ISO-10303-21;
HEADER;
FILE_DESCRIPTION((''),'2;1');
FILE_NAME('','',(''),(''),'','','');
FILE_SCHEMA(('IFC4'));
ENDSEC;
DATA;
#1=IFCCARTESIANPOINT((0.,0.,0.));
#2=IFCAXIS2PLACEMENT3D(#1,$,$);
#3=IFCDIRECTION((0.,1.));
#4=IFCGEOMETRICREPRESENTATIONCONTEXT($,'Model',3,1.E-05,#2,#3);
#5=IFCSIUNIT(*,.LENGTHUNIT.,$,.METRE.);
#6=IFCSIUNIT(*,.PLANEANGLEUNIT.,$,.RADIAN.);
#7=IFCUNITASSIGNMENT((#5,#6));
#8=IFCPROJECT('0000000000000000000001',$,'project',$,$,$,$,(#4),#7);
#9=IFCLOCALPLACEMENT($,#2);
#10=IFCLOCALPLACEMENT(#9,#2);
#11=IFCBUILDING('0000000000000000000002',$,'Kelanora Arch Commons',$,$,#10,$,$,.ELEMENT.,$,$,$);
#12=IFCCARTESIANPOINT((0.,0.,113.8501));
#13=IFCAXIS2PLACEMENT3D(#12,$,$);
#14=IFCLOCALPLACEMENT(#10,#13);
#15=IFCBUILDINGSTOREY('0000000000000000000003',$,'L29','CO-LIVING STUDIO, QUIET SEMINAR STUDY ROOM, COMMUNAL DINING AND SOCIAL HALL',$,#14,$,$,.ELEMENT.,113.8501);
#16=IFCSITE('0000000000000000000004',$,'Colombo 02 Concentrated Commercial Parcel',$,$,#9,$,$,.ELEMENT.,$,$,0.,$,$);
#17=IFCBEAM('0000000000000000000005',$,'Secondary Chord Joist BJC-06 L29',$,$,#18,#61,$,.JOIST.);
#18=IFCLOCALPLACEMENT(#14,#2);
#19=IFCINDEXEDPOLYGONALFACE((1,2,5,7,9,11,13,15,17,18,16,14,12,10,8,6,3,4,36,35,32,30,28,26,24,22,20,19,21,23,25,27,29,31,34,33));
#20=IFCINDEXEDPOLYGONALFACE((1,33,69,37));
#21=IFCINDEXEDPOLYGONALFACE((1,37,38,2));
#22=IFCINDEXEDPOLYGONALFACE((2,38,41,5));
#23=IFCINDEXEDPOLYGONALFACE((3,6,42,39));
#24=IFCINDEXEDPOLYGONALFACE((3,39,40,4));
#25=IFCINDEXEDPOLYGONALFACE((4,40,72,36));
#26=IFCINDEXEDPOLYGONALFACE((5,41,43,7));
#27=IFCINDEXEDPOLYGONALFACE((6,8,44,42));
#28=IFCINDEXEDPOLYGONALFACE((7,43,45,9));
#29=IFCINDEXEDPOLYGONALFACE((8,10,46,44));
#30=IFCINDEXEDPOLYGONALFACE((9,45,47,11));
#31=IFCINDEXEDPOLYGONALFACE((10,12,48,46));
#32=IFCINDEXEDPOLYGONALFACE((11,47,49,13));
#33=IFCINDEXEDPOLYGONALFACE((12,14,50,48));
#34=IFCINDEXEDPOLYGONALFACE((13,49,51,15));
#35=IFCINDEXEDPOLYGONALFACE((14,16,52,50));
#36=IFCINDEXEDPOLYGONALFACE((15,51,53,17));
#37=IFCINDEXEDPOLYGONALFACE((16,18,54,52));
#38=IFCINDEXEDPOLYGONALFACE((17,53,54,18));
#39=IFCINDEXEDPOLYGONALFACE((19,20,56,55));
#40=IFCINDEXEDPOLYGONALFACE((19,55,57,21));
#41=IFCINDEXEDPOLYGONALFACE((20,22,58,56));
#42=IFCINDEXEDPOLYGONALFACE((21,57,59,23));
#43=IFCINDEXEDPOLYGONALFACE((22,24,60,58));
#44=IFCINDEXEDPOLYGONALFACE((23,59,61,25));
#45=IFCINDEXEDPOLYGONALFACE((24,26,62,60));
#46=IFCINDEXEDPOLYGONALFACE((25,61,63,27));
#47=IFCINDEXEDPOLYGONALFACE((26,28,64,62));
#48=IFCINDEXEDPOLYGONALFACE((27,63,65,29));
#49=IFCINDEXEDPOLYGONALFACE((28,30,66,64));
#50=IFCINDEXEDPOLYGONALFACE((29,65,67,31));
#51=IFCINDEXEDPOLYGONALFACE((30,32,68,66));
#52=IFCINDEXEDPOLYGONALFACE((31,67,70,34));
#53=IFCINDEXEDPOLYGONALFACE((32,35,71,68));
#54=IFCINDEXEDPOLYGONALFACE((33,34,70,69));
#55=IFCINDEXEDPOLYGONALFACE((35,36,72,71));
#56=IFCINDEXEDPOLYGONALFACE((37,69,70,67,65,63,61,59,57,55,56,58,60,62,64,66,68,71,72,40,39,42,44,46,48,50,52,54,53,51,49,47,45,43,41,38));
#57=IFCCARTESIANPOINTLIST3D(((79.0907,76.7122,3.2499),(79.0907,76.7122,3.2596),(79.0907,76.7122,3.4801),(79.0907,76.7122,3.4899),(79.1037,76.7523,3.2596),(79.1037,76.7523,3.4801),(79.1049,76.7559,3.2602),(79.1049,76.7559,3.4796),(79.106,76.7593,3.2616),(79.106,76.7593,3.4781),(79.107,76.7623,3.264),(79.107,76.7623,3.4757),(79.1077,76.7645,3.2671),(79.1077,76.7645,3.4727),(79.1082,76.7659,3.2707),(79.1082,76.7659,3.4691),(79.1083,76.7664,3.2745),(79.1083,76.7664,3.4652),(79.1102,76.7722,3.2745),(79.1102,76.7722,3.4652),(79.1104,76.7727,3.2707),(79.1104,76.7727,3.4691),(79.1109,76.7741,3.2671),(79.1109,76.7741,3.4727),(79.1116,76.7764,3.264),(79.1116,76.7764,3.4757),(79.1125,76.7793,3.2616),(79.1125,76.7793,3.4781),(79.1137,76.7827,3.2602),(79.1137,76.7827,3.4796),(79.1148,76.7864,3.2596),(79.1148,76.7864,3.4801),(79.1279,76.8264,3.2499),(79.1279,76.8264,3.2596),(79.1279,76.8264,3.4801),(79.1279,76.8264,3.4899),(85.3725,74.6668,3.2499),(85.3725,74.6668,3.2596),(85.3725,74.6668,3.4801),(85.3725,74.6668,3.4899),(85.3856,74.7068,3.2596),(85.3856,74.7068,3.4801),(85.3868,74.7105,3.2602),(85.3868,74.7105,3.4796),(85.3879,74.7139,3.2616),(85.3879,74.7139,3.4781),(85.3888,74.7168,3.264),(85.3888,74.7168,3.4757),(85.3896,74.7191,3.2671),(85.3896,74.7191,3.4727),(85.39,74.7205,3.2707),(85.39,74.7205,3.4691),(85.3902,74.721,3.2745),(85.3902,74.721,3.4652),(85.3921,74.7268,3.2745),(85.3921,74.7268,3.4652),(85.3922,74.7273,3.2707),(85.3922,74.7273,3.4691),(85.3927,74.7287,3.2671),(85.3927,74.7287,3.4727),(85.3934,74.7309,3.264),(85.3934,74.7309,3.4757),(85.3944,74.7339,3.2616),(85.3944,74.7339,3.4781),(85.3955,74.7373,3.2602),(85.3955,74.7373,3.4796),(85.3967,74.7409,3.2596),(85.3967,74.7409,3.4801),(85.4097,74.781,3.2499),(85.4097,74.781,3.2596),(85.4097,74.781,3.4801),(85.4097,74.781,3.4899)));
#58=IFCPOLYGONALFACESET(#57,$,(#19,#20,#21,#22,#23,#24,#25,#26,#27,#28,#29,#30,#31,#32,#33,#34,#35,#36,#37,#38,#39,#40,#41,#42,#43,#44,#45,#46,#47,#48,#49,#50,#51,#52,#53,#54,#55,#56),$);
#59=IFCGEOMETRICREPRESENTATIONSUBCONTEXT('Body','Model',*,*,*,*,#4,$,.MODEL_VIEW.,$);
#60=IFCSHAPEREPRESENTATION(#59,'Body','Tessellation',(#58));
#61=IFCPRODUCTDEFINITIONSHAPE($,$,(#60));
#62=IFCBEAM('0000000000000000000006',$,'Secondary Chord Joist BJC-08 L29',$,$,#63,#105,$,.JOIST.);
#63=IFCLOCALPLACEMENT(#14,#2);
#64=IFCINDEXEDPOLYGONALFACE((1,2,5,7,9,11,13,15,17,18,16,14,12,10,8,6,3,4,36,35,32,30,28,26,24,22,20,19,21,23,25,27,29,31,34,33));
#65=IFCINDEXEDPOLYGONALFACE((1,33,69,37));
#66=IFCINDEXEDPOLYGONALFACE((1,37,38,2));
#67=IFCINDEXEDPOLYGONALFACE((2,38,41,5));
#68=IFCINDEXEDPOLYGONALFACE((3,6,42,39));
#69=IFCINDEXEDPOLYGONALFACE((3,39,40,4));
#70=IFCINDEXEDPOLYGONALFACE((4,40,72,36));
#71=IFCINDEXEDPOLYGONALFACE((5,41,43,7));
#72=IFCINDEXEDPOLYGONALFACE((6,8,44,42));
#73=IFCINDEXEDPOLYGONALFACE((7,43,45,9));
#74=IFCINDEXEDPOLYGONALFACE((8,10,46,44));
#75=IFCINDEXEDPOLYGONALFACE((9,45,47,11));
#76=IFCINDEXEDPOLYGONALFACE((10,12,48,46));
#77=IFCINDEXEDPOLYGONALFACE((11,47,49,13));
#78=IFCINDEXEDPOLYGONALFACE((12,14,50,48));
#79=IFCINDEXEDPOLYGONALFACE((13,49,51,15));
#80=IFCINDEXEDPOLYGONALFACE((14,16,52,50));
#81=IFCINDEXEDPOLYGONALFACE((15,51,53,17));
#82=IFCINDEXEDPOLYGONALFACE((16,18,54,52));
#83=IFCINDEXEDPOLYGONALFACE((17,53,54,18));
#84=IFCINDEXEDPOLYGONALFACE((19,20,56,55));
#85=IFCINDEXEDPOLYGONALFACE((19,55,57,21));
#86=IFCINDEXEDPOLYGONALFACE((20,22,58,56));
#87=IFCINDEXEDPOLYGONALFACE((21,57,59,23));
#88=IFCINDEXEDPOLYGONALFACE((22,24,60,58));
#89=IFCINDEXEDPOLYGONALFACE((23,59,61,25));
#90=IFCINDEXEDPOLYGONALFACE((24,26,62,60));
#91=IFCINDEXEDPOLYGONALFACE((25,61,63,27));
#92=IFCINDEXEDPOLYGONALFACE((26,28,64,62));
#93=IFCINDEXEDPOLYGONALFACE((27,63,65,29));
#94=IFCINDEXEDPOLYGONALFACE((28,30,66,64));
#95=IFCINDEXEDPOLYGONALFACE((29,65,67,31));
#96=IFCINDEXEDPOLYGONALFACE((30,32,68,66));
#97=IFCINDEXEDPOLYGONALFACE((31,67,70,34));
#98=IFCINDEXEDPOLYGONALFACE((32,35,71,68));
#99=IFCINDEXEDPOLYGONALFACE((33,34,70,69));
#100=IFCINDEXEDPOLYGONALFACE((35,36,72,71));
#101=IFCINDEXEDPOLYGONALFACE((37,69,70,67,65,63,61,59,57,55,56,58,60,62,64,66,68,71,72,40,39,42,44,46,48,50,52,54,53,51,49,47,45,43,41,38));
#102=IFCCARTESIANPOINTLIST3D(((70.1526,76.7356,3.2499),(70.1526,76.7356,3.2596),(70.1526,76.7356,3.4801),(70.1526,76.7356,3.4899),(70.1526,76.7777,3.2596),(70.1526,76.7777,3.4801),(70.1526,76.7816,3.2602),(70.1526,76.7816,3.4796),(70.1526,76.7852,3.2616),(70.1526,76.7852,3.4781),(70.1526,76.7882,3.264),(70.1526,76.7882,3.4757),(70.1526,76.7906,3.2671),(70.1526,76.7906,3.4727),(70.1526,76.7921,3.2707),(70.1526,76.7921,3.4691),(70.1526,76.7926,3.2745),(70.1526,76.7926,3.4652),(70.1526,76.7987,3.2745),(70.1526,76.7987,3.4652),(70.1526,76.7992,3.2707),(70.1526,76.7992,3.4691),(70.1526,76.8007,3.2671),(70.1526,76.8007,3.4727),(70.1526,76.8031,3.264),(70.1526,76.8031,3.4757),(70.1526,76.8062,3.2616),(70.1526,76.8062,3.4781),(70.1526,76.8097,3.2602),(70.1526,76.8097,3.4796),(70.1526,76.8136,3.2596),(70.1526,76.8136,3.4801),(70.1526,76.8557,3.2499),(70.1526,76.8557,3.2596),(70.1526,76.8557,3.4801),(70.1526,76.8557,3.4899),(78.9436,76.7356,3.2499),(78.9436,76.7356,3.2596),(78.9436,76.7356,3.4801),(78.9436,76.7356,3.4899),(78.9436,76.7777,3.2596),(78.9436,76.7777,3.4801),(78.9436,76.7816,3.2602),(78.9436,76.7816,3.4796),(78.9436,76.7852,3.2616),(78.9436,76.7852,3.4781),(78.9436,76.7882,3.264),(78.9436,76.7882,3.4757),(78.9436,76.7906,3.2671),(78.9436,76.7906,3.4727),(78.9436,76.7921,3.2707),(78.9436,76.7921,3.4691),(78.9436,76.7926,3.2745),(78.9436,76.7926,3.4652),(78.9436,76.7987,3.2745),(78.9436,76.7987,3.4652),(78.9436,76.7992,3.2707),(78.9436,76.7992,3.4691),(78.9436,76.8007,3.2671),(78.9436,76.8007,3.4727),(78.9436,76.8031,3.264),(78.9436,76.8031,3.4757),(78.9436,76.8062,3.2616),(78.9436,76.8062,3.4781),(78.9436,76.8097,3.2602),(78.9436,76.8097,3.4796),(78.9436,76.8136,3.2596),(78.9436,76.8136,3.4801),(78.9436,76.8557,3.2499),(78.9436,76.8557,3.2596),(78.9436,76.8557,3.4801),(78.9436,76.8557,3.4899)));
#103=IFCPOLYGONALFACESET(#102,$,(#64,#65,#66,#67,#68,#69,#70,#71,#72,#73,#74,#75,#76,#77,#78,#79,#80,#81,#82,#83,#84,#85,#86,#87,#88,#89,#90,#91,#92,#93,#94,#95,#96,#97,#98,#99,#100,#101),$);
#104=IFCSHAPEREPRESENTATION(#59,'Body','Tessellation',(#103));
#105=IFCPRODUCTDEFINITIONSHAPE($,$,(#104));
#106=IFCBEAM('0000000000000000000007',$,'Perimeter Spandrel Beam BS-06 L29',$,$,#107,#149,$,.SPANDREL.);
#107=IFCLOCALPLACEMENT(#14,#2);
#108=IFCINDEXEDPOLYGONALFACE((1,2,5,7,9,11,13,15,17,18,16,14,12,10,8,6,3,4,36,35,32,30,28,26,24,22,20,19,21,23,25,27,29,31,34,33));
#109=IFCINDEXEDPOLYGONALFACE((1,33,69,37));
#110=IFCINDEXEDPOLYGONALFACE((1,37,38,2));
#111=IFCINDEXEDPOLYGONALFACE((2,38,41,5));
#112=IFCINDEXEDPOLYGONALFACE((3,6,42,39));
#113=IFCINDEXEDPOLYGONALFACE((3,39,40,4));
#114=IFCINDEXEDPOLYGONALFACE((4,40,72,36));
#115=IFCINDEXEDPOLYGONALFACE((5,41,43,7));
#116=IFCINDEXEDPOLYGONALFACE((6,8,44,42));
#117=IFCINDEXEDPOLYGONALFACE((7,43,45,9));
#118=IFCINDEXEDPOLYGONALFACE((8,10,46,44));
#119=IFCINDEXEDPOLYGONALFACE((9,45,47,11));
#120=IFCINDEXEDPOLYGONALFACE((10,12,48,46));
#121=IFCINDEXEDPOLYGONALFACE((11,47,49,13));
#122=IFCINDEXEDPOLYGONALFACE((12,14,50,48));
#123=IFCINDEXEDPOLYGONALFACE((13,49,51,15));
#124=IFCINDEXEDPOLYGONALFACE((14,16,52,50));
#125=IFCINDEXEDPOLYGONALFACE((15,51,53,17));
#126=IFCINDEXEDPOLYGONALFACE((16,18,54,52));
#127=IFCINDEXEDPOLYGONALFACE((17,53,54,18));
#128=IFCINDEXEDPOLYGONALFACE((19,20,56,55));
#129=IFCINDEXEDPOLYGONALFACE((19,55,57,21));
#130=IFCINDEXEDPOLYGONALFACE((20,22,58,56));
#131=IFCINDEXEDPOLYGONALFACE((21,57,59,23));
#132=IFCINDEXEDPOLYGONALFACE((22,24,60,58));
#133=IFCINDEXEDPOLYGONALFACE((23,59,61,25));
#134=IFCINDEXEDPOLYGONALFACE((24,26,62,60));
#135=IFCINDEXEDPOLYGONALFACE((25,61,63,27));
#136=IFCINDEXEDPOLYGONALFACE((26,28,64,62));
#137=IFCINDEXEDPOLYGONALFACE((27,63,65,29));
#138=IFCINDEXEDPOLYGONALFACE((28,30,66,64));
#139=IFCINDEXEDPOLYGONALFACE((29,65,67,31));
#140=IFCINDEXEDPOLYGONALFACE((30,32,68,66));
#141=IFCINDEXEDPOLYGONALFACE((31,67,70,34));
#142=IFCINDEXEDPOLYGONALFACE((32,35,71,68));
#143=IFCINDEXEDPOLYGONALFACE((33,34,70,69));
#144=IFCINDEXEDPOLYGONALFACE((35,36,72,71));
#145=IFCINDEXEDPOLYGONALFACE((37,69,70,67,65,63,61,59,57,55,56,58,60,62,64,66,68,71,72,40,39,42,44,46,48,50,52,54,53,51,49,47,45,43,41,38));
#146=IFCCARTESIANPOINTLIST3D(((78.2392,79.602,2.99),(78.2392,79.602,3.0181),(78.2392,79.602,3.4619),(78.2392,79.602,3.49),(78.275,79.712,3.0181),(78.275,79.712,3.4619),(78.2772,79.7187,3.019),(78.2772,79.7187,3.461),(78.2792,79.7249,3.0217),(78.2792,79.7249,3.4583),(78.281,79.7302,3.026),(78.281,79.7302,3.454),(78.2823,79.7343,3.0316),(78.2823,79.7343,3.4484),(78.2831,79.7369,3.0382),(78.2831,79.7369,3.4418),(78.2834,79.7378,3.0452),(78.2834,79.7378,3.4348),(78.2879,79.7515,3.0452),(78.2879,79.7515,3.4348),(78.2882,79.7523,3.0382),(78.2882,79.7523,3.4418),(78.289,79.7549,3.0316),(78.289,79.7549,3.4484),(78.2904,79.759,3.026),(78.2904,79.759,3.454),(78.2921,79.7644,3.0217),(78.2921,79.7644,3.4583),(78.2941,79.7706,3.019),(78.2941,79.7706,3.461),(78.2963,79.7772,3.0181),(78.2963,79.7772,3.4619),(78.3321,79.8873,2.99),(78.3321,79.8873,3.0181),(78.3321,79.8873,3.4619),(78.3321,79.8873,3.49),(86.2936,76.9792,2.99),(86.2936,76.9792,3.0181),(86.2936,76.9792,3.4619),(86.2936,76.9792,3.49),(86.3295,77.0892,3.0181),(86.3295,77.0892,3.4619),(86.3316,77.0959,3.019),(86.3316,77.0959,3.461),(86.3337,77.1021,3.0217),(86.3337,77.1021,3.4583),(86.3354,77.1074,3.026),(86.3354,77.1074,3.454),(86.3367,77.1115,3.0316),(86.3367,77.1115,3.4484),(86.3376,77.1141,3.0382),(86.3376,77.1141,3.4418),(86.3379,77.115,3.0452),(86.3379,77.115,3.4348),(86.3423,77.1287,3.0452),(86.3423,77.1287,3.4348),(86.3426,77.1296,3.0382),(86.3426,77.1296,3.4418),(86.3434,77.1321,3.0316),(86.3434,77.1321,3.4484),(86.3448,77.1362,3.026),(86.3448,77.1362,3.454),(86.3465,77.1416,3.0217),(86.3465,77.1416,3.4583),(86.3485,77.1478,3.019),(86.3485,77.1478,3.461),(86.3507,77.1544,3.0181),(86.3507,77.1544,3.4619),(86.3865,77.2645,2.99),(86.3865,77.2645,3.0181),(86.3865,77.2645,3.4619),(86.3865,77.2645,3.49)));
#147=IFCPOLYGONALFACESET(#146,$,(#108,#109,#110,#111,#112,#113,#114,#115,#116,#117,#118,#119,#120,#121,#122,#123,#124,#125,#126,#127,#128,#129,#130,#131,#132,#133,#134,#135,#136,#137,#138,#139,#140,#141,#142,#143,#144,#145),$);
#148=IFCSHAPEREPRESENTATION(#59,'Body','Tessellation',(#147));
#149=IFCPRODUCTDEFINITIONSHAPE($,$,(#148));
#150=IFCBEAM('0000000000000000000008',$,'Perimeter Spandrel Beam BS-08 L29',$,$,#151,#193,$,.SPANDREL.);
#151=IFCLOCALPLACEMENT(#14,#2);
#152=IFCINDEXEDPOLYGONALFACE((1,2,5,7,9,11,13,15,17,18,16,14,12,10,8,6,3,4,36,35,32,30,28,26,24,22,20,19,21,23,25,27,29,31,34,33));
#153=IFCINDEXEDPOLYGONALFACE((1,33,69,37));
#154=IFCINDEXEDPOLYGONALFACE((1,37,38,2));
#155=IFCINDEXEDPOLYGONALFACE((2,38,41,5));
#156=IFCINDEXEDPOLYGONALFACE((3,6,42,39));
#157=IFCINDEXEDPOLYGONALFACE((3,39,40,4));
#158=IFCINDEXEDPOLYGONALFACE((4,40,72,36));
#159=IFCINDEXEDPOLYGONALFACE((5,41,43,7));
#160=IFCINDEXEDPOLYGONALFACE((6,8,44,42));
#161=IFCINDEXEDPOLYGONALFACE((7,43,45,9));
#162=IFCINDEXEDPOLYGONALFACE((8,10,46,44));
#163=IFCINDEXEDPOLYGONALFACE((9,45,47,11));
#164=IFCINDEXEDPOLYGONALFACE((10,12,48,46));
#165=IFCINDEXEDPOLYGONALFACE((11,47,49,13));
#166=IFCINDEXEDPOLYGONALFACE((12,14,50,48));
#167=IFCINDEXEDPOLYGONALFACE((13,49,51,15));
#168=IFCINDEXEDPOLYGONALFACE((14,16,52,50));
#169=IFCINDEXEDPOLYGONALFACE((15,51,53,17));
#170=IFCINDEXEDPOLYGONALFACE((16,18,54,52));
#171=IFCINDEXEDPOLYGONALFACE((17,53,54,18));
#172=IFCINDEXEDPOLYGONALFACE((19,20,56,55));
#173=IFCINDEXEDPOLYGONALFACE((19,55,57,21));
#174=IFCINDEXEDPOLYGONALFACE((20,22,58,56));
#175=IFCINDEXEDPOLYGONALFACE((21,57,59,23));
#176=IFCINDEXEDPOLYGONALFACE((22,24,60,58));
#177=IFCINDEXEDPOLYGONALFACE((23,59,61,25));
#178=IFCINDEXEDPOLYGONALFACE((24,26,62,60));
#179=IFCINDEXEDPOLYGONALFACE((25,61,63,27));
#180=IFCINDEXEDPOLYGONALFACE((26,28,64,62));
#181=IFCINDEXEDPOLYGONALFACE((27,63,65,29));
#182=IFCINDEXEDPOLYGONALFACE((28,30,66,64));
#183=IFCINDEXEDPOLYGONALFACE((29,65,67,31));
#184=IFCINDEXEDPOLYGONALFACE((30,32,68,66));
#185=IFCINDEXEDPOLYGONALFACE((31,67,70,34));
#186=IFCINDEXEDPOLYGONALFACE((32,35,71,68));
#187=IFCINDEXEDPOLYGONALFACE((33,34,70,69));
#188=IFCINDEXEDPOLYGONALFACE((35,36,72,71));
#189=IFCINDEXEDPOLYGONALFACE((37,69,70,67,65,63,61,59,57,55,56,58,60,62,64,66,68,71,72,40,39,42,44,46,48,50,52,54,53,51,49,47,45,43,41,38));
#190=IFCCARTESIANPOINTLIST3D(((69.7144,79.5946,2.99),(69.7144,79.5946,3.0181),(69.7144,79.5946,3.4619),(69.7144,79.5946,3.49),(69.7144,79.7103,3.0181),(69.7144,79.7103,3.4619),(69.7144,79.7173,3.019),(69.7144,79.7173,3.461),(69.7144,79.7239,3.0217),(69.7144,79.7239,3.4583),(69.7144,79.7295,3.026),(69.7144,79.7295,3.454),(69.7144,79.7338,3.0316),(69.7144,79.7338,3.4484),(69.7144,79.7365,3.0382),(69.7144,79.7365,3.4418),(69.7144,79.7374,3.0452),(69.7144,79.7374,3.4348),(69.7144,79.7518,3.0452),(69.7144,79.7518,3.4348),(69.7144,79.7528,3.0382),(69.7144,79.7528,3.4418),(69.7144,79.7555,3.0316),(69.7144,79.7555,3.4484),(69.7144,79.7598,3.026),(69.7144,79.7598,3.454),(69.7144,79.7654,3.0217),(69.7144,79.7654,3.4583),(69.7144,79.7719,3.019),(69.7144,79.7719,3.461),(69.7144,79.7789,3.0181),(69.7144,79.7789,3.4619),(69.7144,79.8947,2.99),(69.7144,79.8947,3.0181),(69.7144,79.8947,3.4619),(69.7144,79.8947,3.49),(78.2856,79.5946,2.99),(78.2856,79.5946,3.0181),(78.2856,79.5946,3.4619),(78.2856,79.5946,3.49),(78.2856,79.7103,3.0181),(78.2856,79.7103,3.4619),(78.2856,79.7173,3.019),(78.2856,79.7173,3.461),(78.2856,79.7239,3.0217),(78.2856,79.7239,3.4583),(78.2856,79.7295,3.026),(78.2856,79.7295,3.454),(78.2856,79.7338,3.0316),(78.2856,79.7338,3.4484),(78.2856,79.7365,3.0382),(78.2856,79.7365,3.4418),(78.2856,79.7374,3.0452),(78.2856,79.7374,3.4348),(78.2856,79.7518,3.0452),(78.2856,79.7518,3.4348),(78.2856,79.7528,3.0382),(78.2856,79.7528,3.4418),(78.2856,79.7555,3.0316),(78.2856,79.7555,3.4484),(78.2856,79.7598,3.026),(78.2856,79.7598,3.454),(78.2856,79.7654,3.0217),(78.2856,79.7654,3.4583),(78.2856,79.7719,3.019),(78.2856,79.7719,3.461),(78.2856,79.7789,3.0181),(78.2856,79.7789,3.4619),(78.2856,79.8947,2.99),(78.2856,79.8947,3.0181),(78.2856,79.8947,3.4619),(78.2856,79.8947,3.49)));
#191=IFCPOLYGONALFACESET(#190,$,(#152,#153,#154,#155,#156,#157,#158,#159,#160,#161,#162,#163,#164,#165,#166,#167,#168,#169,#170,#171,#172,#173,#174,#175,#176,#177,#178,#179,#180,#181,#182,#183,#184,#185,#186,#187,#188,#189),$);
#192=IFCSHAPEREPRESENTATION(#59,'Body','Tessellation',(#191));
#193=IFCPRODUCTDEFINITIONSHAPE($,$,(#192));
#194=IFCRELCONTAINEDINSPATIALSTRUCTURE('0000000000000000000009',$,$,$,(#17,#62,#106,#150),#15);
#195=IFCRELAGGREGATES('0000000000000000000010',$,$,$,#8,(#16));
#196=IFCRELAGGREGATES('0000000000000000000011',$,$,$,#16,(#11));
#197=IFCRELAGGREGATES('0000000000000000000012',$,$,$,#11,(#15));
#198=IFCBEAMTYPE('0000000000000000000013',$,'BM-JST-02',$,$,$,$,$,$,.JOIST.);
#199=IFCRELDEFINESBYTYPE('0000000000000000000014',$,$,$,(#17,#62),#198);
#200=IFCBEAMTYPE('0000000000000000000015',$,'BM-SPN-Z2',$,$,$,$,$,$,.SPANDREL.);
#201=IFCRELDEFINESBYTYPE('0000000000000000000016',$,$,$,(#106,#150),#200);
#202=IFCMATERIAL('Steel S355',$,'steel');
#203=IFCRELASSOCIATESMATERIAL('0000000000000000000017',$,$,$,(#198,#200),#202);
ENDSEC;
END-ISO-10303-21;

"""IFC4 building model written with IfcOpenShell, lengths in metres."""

from ifc_helpers import new_model, si_unit, direction, frame, origin, origin_2d, place, context, subcontext, project, spatial, i_section, extrude, material, material_profile, profile_set, type_object, element, save


model = new_model("IFC4")

# Units and contexts
model_context = context("Model", 3, precision=1e-05, world=origin(), true_north=direction((0.0, 1.0)))
body_context = subcontext(model_context, "Body", "Model", "MODEL_VIEW")
ifc_project = project(units=[si_unit("LENGTHUNIT", "METRE"), si_unit("PLANEANGLEUNIT", "RADIAN")], contexts=[model_context])

# Site, building, storey
site_placement = place(None, origin())
site = spatial("IfcSite", under=ifc_project, at=site_placement, Name="Colombo 02 Concentrated Commercial Parcel", CompositionType="ELEMENT", RefElevation=0.0)
building_placement = place(site_placement, origin())
building = spatial("IfcBuilding", under=site, at=building_placement, Name="Kelanora Arch Commons", CompositionType="ELEMENT")
storey_placement = place(building_placement, frame((0.0, 0.0, 113.8501)))
storey = spatial("IfcBuildingStorey", under=building, at=storey_placement, Name="L29", Description="CO-LIVING STUDIO, QUIET SEMINAR STUDY ROOM, COMMUNAL DINING AND SOCIAL HALL", CompositionType="ELEMENT", Elevation=113.8501)

# Beams
ifc_material_1 = material(Name="Steel S355", Category="steel")
ifc_material_profile_1 = material_profile(ifc_material_1, i_section(OverallWidth=0.1201, OverallDepth=0.24, WebThickness=0.0061, FlangeThickness=0.0098, FilletRadius=0.0149, at=origin_2d()), Name="IPE240")
ifc_profile_set_1 = profile_set([ifc_material_profile_1], Name="Steel S355")
beam_type_1 = type_object("IfcBeamType", Name="BM-JST-02", PredefinedType="JOIST", material=ifc_profile_set_1)
beam_1_placement = place(storey_placement, frame((85.3911, 74.7239, 3.3699), z_axis=(-0.950863, 0.309612, 0.0), x_axis=(-0.309612, -0.950863, 0.0)))
element("IfcBeam", 1, at=beam_1_placement, inside=storey, type_object=beam_type_1, Name="Secondary Chord Joist BJC-06 L29", PredefinedType="JOIST", context=body_context, shape_type="SweptSolid", body=[
    extrude(i_section(OverallWidth=0.1201, OverallDepth=0.24, WebThickness=0.0061, FlangeThickness=0.0098, FilletRadius=0.0149, at=origin_2d()), origin(), (0.0, 0.0, 1.0), 6.6064),
])
beam_2_placement = place(storey_placement, frame((78.9436, 76.7957, 3.3699), z_axis=(-1.0, 0.0, 0.0), x_axis=(0.0, -1.0, 0.0)))
element("IfcBeam", 2, at=beam_2_placement, inside=storey, type_object=beam_type_1, Name="Secondary Chord Joist BJC-08 L29", PredefinedType="JOIST", context=body_context, shape_type="SweptSolid", body=[
    extrude(i_section(OverallWidth=0.1201, OverallDepth=0.24, WebThickness=0.0061, FlangeThickness=0.0098, FilletRadius=0.0149, at=origin_2d()), origin(), (0.0, 0.0, 1.0), 8.791),
])
ifc_material_profile_2 = material_profile(ifc_material_1, i_section(OverallWidth=0.3, OverallDepth=0.5, WebThickness=0.0144, FlangeThickness=0.0281, FilletRadius=0.0271, at=origin_2d()), Name="HEB500")
ifc_profile_set_2 = profile_set([ifc_material_profile_2], Name="Steel S355")
beam_type_2 = type_object("IfcBeamType", Name="BM-SPN-Z2", PredefinedType="SPANDREL", material=ifc_profile_set_2)
beam_3_placement = place(storey_placement, frame((86.3401, 77.1218, 3.24), z_axis=(-0.950857, 0.309631, 0.0), x_axis=(-0.309631, -0.950857, 0.0)))
element("IfcBeam", 3, at=beam_3_placement, inside=storey, type_object=beam_type_2, Name="Perimeter Spandrel Beam BS-06 L29", PredefinedType="SPANDREL", context=body_context, shape_type="SweptSolid", body=[
    extrude(i_section(OverallWidth=0.3, OverallDepth=0.5, WebThickness=0.0144, FlangeThickness=0.0281, FilletRadius=0.0271, at=origin_2d()), origin(), (0.0, 0.0, 1.0), 8.4707),
])
beam_4_placement = place(storey_placement, frame((78.2856, 79.7446, 3.24), z_axis=(-1.0, 0.0, 0.0), x_axis=(0.0, -1.0, 0.0)))
element("IfcBeam", 4, at=beam_4_placement, inside=storey, type_object=beam_type_2, Name="Perimeter Spandrel Beam BS-08 L29", PredefinedType="SPANDREL", context=body_context, shape_type="SweptSolid", body=[
    extrude(i_section(OverallWidth=0.3, OverallDepth=0.5, WebThickness=0.0144, FlangeThickness=0.0281, FilletRadius=0.0271, at=origin_2d()), origin(), (0.0, 0.0, 1.0), 8.5713),
])

save(model, "model.ifc")
